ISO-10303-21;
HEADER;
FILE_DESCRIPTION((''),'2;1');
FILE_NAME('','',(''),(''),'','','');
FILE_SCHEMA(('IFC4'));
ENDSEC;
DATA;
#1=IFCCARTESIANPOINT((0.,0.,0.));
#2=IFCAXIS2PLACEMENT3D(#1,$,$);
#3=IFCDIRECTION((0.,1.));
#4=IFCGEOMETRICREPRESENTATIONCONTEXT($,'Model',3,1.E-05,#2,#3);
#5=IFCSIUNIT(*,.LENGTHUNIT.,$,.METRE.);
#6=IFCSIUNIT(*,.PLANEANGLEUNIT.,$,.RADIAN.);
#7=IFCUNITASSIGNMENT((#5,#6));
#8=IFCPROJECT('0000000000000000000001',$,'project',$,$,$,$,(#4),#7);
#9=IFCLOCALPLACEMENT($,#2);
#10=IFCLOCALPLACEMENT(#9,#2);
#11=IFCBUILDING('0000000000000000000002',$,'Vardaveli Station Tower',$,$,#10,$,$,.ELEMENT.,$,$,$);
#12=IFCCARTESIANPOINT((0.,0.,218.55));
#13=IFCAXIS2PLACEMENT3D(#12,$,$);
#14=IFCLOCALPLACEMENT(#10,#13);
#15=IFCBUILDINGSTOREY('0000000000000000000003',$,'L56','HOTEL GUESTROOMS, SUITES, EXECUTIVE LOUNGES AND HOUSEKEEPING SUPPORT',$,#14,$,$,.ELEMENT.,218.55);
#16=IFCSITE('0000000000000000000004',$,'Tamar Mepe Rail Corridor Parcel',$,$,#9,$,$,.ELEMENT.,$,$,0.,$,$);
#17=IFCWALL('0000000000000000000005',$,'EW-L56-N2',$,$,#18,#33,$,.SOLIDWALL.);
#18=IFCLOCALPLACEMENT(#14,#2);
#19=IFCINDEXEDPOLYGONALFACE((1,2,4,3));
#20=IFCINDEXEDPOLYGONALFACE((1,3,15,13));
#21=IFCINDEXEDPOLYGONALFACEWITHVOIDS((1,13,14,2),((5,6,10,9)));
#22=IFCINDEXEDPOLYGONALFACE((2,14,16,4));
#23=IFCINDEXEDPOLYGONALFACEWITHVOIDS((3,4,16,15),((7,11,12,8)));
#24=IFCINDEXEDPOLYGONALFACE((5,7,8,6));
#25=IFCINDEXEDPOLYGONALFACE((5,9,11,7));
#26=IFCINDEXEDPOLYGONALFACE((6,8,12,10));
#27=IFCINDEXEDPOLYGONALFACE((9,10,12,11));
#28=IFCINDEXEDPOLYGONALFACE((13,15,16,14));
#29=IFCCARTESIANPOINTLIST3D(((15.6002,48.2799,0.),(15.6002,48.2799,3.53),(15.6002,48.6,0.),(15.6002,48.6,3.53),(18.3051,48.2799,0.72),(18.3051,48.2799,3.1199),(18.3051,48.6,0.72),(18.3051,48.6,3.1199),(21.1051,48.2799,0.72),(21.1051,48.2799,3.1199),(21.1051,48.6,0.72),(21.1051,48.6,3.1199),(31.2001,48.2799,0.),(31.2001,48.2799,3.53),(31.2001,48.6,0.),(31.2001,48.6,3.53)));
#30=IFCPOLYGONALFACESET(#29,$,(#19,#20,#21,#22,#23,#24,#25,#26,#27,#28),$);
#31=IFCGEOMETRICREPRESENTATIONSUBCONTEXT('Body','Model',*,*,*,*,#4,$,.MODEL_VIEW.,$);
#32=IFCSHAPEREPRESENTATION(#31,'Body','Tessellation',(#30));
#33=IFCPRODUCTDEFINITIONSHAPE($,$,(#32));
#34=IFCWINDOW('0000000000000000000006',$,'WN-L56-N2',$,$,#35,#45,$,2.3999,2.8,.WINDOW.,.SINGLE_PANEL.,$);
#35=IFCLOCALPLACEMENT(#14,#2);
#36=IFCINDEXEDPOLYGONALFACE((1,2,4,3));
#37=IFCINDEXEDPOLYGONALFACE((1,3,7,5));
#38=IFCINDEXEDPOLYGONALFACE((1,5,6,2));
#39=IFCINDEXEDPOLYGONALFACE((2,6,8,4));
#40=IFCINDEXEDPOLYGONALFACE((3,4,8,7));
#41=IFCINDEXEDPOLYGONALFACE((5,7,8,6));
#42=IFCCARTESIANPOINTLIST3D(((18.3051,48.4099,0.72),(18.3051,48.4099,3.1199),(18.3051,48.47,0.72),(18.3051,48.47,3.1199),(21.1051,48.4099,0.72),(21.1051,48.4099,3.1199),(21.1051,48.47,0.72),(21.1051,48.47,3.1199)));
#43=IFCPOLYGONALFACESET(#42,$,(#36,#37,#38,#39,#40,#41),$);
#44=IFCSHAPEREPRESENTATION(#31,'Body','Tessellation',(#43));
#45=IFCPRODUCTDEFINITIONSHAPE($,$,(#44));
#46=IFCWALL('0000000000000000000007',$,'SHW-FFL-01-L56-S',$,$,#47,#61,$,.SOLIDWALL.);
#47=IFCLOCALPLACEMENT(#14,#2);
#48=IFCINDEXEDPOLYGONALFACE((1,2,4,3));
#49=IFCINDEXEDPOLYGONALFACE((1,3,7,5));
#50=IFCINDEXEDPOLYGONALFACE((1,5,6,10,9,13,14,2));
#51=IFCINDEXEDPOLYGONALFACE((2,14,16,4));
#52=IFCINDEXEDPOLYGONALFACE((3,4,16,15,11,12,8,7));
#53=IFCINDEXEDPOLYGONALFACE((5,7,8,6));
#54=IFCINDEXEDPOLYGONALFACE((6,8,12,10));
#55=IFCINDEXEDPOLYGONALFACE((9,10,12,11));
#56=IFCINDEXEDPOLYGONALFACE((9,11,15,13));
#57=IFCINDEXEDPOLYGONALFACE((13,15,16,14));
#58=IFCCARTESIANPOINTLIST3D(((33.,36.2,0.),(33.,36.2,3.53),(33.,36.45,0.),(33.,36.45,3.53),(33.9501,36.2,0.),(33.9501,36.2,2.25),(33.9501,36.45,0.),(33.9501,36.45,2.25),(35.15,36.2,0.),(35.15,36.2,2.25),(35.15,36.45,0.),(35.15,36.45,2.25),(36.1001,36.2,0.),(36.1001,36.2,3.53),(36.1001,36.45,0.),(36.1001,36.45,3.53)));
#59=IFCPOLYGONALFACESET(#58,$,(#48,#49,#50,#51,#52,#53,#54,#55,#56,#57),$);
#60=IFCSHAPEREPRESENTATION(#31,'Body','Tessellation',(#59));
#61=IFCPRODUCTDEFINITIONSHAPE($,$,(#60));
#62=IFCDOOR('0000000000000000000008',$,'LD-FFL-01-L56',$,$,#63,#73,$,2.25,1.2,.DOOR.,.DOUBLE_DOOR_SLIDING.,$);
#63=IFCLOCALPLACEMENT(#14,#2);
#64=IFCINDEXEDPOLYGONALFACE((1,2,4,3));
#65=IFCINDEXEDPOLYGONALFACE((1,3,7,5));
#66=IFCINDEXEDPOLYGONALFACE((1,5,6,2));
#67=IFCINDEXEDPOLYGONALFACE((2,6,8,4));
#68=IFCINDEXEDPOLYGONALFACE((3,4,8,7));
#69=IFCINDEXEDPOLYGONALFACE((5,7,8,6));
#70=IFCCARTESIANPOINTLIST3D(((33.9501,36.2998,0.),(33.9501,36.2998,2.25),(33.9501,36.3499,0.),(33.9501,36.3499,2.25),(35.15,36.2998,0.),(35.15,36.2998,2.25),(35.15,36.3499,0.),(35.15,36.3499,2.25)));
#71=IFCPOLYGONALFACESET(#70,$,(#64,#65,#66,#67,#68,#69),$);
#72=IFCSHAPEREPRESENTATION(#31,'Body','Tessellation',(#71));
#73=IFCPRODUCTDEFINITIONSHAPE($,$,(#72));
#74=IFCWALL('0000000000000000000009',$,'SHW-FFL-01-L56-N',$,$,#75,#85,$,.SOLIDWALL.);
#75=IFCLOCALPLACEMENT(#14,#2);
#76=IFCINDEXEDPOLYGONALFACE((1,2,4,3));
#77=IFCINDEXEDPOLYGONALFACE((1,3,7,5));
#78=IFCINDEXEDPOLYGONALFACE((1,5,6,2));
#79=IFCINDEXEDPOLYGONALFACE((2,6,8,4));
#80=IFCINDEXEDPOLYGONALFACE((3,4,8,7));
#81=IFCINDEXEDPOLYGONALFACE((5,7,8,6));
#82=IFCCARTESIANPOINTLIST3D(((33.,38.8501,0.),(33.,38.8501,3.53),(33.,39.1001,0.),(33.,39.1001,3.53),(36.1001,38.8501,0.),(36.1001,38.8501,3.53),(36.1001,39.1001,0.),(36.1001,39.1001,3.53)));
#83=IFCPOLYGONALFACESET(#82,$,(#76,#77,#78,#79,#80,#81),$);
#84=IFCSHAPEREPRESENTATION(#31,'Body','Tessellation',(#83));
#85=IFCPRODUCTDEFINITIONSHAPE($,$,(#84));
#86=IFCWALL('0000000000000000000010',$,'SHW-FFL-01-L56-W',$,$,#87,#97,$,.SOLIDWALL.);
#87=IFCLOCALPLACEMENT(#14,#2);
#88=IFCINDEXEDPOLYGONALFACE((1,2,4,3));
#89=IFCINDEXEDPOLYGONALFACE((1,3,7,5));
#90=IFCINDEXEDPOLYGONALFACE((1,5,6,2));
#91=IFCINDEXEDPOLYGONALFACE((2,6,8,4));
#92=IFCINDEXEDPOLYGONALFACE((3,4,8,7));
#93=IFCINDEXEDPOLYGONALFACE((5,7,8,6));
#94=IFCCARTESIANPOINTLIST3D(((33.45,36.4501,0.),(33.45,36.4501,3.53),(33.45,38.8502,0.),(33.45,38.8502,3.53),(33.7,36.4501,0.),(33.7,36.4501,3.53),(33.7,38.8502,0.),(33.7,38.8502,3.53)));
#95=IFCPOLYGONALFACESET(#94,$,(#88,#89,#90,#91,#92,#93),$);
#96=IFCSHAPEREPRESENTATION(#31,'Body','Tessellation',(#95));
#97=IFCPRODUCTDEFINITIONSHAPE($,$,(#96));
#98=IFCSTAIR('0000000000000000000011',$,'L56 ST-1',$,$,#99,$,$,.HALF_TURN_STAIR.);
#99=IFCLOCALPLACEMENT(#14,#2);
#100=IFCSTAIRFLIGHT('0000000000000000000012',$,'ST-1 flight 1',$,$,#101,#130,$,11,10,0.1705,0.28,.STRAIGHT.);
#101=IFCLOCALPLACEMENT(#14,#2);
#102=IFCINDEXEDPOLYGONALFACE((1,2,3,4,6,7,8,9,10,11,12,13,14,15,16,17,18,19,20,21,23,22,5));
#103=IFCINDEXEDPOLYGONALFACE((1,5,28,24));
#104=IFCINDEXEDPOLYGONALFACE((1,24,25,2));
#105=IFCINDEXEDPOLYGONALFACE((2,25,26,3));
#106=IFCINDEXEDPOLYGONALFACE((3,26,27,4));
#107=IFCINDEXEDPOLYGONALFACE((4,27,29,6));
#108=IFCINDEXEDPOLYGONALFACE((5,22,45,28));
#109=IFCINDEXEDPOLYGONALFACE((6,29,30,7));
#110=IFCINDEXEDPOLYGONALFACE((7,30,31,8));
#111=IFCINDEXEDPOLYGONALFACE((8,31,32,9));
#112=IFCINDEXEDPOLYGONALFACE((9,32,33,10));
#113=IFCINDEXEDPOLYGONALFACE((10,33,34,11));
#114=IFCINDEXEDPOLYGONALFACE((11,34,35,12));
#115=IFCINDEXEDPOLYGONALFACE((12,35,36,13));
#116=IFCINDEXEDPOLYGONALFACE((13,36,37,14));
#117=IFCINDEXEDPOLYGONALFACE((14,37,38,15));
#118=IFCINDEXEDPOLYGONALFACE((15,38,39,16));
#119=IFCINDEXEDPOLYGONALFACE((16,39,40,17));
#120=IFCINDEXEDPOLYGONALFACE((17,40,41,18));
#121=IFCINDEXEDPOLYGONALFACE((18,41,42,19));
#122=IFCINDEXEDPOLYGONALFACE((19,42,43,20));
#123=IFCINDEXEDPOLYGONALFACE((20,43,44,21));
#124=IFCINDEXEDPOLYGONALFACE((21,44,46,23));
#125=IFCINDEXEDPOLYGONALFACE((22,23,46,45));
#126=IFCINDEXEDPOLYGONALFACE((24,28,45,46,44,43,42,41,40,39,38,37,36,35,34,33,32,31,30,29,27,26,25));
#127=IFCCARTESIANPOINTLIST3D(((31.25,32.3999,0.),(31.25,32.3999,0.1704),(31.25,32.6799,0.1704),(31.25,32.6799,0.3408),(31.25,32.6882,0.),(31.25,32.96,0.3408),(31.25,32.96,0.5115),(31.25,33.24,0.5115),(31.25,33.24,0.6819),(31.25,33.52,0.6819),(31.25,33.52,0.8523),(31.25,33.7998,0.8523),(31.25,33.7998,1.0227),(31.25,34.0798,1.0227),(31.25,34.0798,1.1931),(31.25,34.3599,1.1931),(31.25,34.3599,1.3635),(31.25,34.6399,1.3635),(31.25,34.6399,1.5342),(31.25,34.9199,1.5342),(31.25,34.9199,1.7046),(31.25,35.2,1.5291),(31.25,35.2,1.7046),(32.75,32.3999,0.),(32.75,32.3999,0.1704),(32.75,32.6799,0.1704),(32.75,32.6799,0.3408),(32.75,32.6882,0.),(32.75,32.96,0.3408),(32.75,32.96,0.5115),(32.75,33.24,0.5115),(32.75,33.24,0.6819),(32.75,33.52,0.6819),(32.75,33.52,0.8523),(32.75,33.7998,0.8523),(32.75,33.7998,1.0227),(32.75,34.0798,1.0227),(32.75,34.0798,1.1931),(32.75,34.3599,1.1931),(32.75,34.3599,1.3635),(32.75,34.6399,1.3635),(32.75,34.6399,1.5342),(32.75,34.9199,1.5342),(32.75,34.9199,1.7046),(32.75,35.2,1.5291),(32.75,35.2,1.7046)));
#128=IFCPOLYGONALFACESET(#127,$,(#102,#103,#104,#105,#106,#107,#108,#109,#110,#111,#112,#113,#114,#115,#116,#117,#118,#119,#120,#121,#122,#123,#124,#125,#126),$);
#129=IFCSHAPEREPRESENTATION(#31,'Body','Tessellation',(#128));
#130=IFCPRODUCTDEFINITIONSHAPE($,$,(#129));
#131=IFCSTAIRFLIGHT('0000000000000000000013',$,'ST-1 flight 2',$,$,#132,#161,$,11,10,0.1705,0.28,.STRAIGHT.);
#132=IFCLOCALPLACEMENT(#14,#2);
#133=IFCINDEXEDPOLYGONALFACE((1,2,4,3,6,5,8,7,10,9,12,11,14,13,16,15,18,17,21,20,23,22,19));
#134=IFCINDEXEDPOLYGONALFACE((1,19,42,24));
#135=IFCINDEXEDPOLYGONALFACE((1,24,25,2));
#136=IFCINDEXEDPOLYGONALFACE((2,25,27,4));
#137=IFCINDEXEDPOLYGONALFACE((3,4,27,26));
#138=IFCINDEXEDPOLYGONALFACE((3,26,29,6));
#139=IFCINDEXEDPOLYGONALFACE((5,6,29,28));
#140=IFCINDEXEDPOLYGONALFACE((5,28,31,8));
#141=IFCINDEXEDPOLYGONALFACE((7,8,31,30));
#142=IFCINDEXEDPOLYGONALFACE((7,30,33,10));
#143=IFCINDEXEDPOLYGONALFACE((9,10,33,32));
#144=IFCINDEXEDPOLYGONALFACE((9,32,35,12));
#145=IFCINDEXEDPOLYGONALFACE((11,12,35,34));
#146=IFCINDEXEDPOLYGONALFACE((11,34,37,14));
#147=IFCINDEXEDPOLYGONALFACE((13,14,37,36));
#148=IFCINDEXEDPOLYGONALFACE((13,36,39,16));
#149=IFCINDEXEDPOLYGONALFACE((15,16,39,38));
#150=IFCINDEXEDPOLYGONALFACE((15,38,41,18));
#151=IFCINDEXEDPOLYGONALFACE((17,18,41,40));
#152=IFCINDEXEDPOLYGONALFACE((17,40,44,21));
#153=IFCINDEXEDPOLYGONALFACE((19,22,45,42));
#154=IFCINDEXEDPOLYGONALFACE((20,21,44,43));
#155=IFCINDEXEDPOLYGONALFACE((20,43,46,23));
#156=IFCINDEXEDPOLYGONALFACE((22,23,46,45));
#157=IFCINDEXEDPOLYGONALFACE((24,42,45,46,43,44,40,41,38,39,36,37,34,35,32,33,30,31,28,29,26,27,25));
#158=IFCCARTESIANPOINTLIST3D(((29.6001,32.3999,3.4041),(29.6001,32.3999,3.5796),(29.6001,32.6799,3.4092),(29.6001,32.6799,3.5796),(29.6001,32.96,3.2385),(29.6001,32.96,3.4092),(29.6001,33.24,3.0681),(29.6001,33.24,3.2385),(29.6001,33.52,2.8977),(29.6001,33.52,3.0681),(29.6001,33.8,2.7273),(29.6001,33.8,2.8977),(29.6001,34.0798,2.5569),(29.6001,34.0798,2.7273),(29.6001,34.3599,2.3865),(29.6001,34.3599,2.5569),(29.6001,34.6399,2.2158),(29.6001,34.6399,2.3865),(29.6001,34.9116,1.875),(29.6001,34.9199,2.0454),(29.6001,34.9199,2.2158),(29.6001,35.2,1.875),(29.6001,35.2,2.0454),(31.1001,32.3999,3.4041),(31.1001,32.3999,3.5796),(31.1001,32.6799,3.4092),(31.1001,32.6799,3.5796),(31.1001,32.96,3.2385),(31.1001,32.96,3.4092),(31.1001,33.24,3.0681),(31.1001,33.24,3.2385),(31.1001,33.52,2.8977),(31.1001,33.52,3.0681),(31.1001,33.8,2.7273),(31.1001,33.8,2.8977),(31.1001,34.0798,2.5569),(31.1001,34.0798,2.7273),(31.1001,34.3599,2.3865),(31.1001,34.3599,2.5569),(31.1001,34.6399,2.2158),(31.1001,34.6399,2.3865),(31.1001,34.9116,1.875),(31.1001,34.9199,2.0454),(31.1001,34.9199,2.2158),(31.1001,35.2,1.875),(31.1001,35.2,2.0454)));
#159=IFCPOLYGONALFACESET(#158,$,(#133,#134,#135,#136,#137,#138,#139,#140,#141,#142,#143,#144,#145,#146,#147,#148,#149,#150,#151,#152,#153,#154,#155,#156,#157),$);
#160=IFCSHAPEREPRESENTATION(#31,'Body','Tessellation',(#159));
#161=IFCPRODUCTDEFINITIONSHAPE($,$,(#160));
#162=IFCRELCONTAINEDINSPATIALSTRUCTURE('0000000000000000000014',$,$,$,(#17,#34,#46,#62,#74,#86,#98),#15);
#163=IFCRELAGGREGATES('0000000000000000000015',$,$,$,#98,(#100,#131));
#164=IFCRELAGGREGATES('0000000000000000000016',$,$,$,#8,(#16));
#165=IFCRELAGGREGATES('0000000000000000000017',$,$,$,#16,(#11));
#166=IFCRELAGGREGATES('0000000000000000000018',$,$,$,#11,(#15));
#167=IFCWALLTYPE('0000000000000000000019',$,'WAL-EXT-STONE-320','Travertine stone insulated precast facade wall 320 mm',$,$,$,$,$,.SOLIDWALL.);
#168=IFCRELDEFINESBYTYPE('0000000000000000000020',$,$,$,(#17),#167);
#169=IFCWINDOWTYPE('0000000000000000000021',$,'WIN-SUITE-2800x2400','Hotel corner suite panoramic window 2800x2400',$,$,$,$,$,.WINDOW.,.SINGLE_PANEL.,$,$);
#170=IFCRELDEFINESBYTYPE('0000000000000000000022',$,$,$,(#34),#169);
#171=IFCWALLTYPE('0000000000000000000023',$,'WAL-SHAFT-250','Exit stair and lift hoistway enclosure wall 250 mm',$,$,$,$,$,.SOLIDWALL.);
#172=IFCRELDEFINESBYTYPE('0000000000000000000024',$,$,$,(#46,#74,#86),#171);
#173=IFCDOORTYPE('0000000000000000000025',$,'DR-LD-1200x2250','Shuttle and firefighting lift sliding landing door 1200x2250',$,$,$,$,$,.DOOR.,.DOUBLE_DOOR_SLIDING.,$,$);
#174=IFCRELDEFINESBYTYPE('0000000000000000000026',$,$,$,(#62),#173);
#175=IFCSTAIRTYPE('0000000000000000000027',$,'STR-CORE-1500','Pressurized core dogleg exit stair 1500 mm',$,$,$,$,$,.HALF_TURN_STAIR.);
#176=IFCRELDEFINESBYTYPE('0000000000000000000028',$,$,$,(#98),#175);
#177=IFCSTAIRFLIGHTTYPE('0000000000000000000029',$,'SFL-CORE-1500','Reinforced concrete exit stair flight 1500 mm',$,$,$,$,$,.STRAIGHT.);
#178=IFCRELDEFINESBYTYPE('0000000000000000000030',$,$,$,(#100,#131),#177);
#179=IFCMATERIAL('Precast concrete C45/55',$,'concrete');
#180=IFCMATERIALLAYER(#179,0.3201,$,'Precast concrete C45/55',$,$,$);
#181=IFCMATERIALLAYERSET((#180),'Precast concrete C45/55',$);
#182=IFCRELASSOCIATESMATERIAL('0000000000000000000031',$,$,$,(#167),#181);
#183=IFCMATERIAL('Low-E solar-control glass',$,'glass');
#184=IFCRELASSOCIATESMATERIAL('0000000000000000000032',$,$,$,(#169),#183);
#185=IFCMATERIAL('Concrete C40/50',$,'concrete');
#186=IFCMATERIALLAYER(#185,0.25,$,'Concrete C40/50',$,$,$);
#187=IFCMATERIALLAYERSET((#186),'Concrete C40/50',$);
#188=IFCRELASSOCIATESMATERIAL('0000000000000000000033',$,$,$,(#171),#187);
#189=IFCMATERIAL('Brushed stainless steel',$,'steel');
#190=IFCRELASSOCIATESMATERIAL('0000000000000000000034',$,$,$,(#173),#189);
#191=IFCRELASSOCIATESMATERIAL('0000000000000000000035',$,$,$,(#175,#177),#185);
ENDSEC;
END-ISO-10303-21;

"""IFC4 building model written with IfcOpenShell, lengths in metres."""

from ifc_helpers import new_model, si_unit, direction, frame, frame_2d, origin, place, context, subcontext, project, spatial, polyline, rectangle, outline, extrude, source, transform, mapped, material, layer, layer_set, type_object, element, fill, aggregate, save


model = new_model("IFC4")

# Units and contexts
model_context = context("Model", 3, precision=1e-05, world=origin(), true_north=direction((0.0, 1.0)))
body_context = subcontext(model_context, "Body", "Model", "MODEL_VIEW")
ifc_project = project(units=[si_unit("LENGTHUNIT", "METRE"), si_unit("PLANEANGLEUNIT", "RADIAN")], contexts=[model_context])

# Site, building, storey
site_placement = place(None, origin())
site = spatial("IfcSite", under=ifc_project, at=site_placement, Name="Tamar Mepe Rail Corridor Parcel", CompositionType="ELEMENT", RefElevation=0.0)
building_placement = place(site_placement, origin())
building = spatial("IfcBuilding", under=site, at=building_placement, Name="Vardaveli Station Tower", CompositionType="ELEMENT")
storey_placement = place(building_placement, frame((0.0, 0.0, 218.55)))
storey = spatial("IfcBuildingStorey", under=building, at=storey_placement, Name="L56", Description="HOTEL GUESTROOMS, SUITES, EXECUTIVE LOUNGES AND HOUSEKEEPING SUPPORT", CompositionType="ELEMENT", Elevation=218.55)

# Shared definitions
ifc_material_1 = material(Name="Precast concrete C45/55", Category="concrete")

# Wall, opening, window
ifc_layer_1 = layer(ifc_material_1, 0.3201, Name="Precast concrete C45/55")
ifc_layer_set_1 = layer_set([ifc_layer_1], Name="Precast concrete C45/55")
wall_type_1 = type_object("IfcWallType", Name="WAL-EXT-STONE-320", Description="Travertine stone insulated precast facade wall 320 mm", PredefinedType="SOLIDWALL", material=ifc_layer_set_1)
shared_shape_1 = source(origin(), body_context, "Body", "SweptSolid", [
    extrude(rectangle(XDim=15.5999, YDim=0.3201, at=frame_2d((7.7998, 0.0))), origin(), (0.0, 0.0, 1.0), 3.53),
])
wall_1_placement = place(storey_placement, frame((31.2, 48.4399, 0.0), z_axis=(0.0, 0.0, 1.0), x_axis=(-1.0, 0.0, 0.0)))
wall_1 = element("IfcWall", 1, at=wall_1_placement, inside=storey, type_object=wall_type_1, Name="EW-L56-N2", PredefinedType="SOLIDWALL", context=body_context, shape_type="MappedRepresentation", body=[
    mapped(shared_shape_1, transform((0.0, 0.0, 0.0), scale=1.0)),
])
shared_shape_2 = source(origin(), body_context, "Body", "SweptSolid", [
    extrude(rectangle(XDim=2.8, YDim=2.3999, at=frame_2d((1.3999, 1.2))), frame((0.0, 0.1699, 0.0), z_axis=(0.0, -1.0, 0.0), x_axis=(1.0, 0.0, 0.0)), (0.0, 0.0, 1.0), 0.3401),
])
opening_1_placement = place(wall_1_placement, frame((10.095, 0.0, 0.72)))
opening_1 = element("IfcOpeningElement", 2, at=opening_1_placement, cuts=wall_1, PredefinedType="OPENING", context=body_context, shape_type="MappedRepresentation", body=[
    mapped(shared_shape_2, transform((0.0, 0.0, 0.0), scale=1.0)),
])
ifc_material_2 = material(Name="Low-E solar-control glass", Category="glass")
window_type = type_object("IfcWindowType", Name="WIN-SUITE-2800x2400", Description="Hotel corner suite panoramic window 2800x2400", PartitioningType="SINGLE_PANEL", PredefinedType="WINDOW", material=ifc_material_2)
shared_shape_3 = source(origin(), body_context, "Body", "SweptSolid", [
    extrude(rectangle(XDim=2.8, YDim=2.3999, at=frame_2d((1.3999, 1.2))), frame((0.0, 0.03, 0.0), z_axis=(0.0, -1.0, 0.0), x_axis=(1.0, 0.0, 0.0)), (0.0, 0.0, 1.0), 0.0601),
])
window_placement = place(opening_1_placement, origin())
window = element("IfcWindow", 3, at=window_placement, inside=storey, type_object=window_type, Name="WN-L56-N2", OverallHeight=2.3999, OverallWidth=2.8, PartitioningType="SINGLE_PANEL", PredefinedType="WINDOW", context=body_context, shape_type="MappedRepresentation", body=[
    mapped(shared_shape_3, transform((0.0, 0.0, 0.0), scale=1.0)),
])
fill(opening_1, window)

# Wall, opening, door
ifc_material_3 = material(Name="Concrete C40/50", Category="concrete")
ifc_layer_2 = layer(ifc_material_3, 0.25, Name="Concrete C40/50")
ifc_layer_set_2 = layer_set([ifc_layer_2], Name="Concrete C40/50")
wall_type_2 = type_object("IfcWallType", Name="WAL-SHAFT-250", Description="Exit stair and lift hoistway enclosure wall 250 mm", PredefinedType="SOLIDWALL", material=ifc_layer_set_2)
shared_shape_4 = source(origin(), body_context, "Body", "SweptSolid", [
    extrude(rectangle(XDim=3.1001, YDim=0.25, at=frame_2d((1.55, 0.0))), origin(), (0.0, 0.0, 1.0), 3.53),
])
wall_2_placement = place(storey_placement, frame((33.0, 36.325, 0.0), z_axis=(0.0, 0.0, 1.0), x_axis=(1.0, 0.0, 0.0)))
wall_2 = element("IfcWall", 4, at=wall_2_placement, inside=storey, type_object=wall_type_2, Name="SHW-FFL-01-L56-S", PredefinedType="SOLIDWALL", context=body_context, shape_type="MappedRepresentation", body=[
    mapped(shared_shape_4, transform((0.0, 0.0, 0.0), scale=1.0)),
])
shared_shape_5 = source(origin(), body_context, "Body", "SweptSolid", [
    extrude(rectangle(XDim=1.2, YDim=2.25, at=frame_2d((0.6001, 1.125))), frame((0.0, 0.135, 0.0), z_axis=(0.0, -1.0, 0.0), x_axis=(1.0, 0.0, 0.0)), (0.0, 0.0, 1.0), 0.27),
])
opening_2_placement = place(wall_2_placement, frame((0.95, 0.0, 0.0)))
opening_2 = element("IfcOpeningElement", 5, at=opening_2_placement, cuts=wall_2, PredefinedType="OPENING", context=body_context, shape_type="MappedRepresentation", body=[
    mapped(shared_shape_5, transform((0.0, 0.0, 0.0), scale=1.0)),
])
ifc_material_4 = material(Name="Brushed stainless steel", Category="steel")
door_type = type_object("IfcDoorType", Name="DR-LD-1200x2250", Description="Shuttle and firefighting lift sliding landing door 1200x2250", OperationType="DOUBLE_DOOR_SLIDING", PredefinedType="DOOR", material=ifc_material_4)
shared_shape_6 = source(origin(), body_context, "Body", "SweptSolid", [
    extrude(rectangle(XDim=1.2, YDim=2.25, at=frame_2d((0.6001, 1.125))), frame((0.0, 0.0249, 0.0), z_axis=(0.0, -1.0, 0.0), x_axis=(1.0, 0.0, 0.0)), (0.0, 0.0, 1.0), 0.05),
])
door_placement = place(opening_2_placement, origin())
door = element("IfcDoor", 6, at=door_placement, inside=storey, type_object=door_type, Name="LD-FFL-01-L56", OperationType="DOUBLE_DOOR_SLIDING", OverallHeight=2.25, OverallWidth=1.2, PredefinedType="DOOR", context=body_context, shape_type="MappedRepresentation", body=[
    mapped(shared_shape_6, transform((0.0, 0.0, 0.0), scale=1.0)),
])
fill(opening_2, door)

# Walls
wall_3_placement = place(storey_placement, frame((33.0, 38.9751, 0.0), z_axis=(0.0, 0.0, 1.0), x_axis=(1.0, 0.0, 0.0)))
element("IfcWall", 7, at=wall_3_placement, inside=storey, type_object=wall_type_2, Name="SHW-FFL-01-L56-N", PredefinedType="SOLIDWALL", context=body_context, shape_type="MappedRepresentation", body=[
    mapped(shared_shape_4, transform((0.0, 0.0, 0.0), scale=1.0)),
])
shared_shape_7 = source(origin(), body_context, "Body", "SweptSolid", [
    extrude(rectangle(XDim=2.4001, YDim=0.25, at=frame_2d((1.2002, 0.0))), origin(), (0.0, 0.0, 1.0), 3.53),
])
wall_4_placement = place(storey_placement, frame((33.575, 36.45, 0.0), z_axis=(0.0, 0.0, 1.0), x_axis=(0.0, 1.0, 0.0)))
element("IfcWall", 8, at=wall_4_placement, inside=storey, type_object=wall_type_2, Name="SHW-FFL-01-L56-W", PredefinedType="SOLIDWALL", context=body_context, shape_type="MappedRepresentation", body=[
    mapped(shared_shape_7, transform((0.0, 0.0, 0.0), scale=1.0)),
])

# Stair, stair flights
stair_type = type_object("IfcStairType", Name="STR-CORE-1500", Description="Pressurized core dogleg exit stair 1500 mm", PredefinedType="HALF_TURN_STAIR", material=ifc_material_3)
stair_placement = place(storey_placement, origin())
stair = element("IfcStair", 9, at=stair_placement, inside=storey, type_object=stair_type, Name="L56 ST-1", PredefinedType="HALF_TURN_STAIR")
stair_flight_type = type_object("IfcStairFlightType", Name="SFL-CORE-1500", Description="Reinforced concrete exit stair flight 1500 mm", PredefinedType="STRAIGHT", material=ifc_material_3)
shared_shape_8 = source(origin(), body_context, "Body", "SweptSolid", [
    extrude(outline(polyline([(0.0, 0.0), (0.0, 0.1704), (0.28, 0.1704), (0.28, 0.3408), (0.5601, 0.3408), (0.5601, 0.5115), (0.8401, 0.5115), (0.8401, 0.6819), (1.1201, 0.6819), (1.1201, 0.8523), (1.3999, 0.8523), (1.3999, 1.0227), (1.6799, 1.0227), (1.6799, 1.1931), (1.96, 1.1931), (1.96, 1.3635), (2.24, 1.3635), (2.24, 1.5342), (2.52, 1.5342), (2.52, 1.7046), (2.8, 1.7046), (2.8, 1.875), (2.8, 1.5291), (0.2883, 0.0), (0.0, 0.0)])), frame((0.0, 0.75, 0.0), z_axis=(0.0, -1.0, 0.0), x_axis=(1.0, 0.0, 0.0)), (0.0, 0.0, 1.0), 1.5),
])
stair_flight_1_placement = place(storey_placement, frame((32.0, 32.3999, 0.0), z_axis=(0.0, 0.0, 1.0), x_axis=(0.0, 1.0, 0.0)))
stair_flight_1 = element("IfcStairFlight", 10, at=stair_flight_1_placement, type_object=stair_flight_type, Name="ST-1 flight 1", NumberOfRisers=11, NumberOfTreads=10, PredefinedType="STRAIGHT", RiserHeight=0.1705, TreadLength=0.28, context=body_context, shape_type="MappedRepresentation", body=[
    mapped(shared_shape_8, transform((0.0, 0.0, 0.0), scale=1.0)),
])
stair_flight_2_placement = place(storey_placement, frame((30.3501, 35.2, 1.875), z_axis=(0.0, 0.0, 1.0), x_axis=(0.0, -1.0, 0.0)))
stair_flight_2 = element("IfcStairFlight", 11, at=stair_flight_2_placement, type_object=stair_flight_type, Name="ST-1 flight 2", NumberOfRisers=11, NumberOfTreads=10, PredefinedType="STRAIGHT", RiserHeight=0.1705, TreadLength=0.28, context=body_context, shape_type="MappedRepresentation", body=[
    mapped(shared_shape_8, transform((0.0, 0.0, 0.0), scale=1.0)),
])
aggregate(stair, [stair_flight_1, stair_flight_2])

save(model, "model.ifc")
